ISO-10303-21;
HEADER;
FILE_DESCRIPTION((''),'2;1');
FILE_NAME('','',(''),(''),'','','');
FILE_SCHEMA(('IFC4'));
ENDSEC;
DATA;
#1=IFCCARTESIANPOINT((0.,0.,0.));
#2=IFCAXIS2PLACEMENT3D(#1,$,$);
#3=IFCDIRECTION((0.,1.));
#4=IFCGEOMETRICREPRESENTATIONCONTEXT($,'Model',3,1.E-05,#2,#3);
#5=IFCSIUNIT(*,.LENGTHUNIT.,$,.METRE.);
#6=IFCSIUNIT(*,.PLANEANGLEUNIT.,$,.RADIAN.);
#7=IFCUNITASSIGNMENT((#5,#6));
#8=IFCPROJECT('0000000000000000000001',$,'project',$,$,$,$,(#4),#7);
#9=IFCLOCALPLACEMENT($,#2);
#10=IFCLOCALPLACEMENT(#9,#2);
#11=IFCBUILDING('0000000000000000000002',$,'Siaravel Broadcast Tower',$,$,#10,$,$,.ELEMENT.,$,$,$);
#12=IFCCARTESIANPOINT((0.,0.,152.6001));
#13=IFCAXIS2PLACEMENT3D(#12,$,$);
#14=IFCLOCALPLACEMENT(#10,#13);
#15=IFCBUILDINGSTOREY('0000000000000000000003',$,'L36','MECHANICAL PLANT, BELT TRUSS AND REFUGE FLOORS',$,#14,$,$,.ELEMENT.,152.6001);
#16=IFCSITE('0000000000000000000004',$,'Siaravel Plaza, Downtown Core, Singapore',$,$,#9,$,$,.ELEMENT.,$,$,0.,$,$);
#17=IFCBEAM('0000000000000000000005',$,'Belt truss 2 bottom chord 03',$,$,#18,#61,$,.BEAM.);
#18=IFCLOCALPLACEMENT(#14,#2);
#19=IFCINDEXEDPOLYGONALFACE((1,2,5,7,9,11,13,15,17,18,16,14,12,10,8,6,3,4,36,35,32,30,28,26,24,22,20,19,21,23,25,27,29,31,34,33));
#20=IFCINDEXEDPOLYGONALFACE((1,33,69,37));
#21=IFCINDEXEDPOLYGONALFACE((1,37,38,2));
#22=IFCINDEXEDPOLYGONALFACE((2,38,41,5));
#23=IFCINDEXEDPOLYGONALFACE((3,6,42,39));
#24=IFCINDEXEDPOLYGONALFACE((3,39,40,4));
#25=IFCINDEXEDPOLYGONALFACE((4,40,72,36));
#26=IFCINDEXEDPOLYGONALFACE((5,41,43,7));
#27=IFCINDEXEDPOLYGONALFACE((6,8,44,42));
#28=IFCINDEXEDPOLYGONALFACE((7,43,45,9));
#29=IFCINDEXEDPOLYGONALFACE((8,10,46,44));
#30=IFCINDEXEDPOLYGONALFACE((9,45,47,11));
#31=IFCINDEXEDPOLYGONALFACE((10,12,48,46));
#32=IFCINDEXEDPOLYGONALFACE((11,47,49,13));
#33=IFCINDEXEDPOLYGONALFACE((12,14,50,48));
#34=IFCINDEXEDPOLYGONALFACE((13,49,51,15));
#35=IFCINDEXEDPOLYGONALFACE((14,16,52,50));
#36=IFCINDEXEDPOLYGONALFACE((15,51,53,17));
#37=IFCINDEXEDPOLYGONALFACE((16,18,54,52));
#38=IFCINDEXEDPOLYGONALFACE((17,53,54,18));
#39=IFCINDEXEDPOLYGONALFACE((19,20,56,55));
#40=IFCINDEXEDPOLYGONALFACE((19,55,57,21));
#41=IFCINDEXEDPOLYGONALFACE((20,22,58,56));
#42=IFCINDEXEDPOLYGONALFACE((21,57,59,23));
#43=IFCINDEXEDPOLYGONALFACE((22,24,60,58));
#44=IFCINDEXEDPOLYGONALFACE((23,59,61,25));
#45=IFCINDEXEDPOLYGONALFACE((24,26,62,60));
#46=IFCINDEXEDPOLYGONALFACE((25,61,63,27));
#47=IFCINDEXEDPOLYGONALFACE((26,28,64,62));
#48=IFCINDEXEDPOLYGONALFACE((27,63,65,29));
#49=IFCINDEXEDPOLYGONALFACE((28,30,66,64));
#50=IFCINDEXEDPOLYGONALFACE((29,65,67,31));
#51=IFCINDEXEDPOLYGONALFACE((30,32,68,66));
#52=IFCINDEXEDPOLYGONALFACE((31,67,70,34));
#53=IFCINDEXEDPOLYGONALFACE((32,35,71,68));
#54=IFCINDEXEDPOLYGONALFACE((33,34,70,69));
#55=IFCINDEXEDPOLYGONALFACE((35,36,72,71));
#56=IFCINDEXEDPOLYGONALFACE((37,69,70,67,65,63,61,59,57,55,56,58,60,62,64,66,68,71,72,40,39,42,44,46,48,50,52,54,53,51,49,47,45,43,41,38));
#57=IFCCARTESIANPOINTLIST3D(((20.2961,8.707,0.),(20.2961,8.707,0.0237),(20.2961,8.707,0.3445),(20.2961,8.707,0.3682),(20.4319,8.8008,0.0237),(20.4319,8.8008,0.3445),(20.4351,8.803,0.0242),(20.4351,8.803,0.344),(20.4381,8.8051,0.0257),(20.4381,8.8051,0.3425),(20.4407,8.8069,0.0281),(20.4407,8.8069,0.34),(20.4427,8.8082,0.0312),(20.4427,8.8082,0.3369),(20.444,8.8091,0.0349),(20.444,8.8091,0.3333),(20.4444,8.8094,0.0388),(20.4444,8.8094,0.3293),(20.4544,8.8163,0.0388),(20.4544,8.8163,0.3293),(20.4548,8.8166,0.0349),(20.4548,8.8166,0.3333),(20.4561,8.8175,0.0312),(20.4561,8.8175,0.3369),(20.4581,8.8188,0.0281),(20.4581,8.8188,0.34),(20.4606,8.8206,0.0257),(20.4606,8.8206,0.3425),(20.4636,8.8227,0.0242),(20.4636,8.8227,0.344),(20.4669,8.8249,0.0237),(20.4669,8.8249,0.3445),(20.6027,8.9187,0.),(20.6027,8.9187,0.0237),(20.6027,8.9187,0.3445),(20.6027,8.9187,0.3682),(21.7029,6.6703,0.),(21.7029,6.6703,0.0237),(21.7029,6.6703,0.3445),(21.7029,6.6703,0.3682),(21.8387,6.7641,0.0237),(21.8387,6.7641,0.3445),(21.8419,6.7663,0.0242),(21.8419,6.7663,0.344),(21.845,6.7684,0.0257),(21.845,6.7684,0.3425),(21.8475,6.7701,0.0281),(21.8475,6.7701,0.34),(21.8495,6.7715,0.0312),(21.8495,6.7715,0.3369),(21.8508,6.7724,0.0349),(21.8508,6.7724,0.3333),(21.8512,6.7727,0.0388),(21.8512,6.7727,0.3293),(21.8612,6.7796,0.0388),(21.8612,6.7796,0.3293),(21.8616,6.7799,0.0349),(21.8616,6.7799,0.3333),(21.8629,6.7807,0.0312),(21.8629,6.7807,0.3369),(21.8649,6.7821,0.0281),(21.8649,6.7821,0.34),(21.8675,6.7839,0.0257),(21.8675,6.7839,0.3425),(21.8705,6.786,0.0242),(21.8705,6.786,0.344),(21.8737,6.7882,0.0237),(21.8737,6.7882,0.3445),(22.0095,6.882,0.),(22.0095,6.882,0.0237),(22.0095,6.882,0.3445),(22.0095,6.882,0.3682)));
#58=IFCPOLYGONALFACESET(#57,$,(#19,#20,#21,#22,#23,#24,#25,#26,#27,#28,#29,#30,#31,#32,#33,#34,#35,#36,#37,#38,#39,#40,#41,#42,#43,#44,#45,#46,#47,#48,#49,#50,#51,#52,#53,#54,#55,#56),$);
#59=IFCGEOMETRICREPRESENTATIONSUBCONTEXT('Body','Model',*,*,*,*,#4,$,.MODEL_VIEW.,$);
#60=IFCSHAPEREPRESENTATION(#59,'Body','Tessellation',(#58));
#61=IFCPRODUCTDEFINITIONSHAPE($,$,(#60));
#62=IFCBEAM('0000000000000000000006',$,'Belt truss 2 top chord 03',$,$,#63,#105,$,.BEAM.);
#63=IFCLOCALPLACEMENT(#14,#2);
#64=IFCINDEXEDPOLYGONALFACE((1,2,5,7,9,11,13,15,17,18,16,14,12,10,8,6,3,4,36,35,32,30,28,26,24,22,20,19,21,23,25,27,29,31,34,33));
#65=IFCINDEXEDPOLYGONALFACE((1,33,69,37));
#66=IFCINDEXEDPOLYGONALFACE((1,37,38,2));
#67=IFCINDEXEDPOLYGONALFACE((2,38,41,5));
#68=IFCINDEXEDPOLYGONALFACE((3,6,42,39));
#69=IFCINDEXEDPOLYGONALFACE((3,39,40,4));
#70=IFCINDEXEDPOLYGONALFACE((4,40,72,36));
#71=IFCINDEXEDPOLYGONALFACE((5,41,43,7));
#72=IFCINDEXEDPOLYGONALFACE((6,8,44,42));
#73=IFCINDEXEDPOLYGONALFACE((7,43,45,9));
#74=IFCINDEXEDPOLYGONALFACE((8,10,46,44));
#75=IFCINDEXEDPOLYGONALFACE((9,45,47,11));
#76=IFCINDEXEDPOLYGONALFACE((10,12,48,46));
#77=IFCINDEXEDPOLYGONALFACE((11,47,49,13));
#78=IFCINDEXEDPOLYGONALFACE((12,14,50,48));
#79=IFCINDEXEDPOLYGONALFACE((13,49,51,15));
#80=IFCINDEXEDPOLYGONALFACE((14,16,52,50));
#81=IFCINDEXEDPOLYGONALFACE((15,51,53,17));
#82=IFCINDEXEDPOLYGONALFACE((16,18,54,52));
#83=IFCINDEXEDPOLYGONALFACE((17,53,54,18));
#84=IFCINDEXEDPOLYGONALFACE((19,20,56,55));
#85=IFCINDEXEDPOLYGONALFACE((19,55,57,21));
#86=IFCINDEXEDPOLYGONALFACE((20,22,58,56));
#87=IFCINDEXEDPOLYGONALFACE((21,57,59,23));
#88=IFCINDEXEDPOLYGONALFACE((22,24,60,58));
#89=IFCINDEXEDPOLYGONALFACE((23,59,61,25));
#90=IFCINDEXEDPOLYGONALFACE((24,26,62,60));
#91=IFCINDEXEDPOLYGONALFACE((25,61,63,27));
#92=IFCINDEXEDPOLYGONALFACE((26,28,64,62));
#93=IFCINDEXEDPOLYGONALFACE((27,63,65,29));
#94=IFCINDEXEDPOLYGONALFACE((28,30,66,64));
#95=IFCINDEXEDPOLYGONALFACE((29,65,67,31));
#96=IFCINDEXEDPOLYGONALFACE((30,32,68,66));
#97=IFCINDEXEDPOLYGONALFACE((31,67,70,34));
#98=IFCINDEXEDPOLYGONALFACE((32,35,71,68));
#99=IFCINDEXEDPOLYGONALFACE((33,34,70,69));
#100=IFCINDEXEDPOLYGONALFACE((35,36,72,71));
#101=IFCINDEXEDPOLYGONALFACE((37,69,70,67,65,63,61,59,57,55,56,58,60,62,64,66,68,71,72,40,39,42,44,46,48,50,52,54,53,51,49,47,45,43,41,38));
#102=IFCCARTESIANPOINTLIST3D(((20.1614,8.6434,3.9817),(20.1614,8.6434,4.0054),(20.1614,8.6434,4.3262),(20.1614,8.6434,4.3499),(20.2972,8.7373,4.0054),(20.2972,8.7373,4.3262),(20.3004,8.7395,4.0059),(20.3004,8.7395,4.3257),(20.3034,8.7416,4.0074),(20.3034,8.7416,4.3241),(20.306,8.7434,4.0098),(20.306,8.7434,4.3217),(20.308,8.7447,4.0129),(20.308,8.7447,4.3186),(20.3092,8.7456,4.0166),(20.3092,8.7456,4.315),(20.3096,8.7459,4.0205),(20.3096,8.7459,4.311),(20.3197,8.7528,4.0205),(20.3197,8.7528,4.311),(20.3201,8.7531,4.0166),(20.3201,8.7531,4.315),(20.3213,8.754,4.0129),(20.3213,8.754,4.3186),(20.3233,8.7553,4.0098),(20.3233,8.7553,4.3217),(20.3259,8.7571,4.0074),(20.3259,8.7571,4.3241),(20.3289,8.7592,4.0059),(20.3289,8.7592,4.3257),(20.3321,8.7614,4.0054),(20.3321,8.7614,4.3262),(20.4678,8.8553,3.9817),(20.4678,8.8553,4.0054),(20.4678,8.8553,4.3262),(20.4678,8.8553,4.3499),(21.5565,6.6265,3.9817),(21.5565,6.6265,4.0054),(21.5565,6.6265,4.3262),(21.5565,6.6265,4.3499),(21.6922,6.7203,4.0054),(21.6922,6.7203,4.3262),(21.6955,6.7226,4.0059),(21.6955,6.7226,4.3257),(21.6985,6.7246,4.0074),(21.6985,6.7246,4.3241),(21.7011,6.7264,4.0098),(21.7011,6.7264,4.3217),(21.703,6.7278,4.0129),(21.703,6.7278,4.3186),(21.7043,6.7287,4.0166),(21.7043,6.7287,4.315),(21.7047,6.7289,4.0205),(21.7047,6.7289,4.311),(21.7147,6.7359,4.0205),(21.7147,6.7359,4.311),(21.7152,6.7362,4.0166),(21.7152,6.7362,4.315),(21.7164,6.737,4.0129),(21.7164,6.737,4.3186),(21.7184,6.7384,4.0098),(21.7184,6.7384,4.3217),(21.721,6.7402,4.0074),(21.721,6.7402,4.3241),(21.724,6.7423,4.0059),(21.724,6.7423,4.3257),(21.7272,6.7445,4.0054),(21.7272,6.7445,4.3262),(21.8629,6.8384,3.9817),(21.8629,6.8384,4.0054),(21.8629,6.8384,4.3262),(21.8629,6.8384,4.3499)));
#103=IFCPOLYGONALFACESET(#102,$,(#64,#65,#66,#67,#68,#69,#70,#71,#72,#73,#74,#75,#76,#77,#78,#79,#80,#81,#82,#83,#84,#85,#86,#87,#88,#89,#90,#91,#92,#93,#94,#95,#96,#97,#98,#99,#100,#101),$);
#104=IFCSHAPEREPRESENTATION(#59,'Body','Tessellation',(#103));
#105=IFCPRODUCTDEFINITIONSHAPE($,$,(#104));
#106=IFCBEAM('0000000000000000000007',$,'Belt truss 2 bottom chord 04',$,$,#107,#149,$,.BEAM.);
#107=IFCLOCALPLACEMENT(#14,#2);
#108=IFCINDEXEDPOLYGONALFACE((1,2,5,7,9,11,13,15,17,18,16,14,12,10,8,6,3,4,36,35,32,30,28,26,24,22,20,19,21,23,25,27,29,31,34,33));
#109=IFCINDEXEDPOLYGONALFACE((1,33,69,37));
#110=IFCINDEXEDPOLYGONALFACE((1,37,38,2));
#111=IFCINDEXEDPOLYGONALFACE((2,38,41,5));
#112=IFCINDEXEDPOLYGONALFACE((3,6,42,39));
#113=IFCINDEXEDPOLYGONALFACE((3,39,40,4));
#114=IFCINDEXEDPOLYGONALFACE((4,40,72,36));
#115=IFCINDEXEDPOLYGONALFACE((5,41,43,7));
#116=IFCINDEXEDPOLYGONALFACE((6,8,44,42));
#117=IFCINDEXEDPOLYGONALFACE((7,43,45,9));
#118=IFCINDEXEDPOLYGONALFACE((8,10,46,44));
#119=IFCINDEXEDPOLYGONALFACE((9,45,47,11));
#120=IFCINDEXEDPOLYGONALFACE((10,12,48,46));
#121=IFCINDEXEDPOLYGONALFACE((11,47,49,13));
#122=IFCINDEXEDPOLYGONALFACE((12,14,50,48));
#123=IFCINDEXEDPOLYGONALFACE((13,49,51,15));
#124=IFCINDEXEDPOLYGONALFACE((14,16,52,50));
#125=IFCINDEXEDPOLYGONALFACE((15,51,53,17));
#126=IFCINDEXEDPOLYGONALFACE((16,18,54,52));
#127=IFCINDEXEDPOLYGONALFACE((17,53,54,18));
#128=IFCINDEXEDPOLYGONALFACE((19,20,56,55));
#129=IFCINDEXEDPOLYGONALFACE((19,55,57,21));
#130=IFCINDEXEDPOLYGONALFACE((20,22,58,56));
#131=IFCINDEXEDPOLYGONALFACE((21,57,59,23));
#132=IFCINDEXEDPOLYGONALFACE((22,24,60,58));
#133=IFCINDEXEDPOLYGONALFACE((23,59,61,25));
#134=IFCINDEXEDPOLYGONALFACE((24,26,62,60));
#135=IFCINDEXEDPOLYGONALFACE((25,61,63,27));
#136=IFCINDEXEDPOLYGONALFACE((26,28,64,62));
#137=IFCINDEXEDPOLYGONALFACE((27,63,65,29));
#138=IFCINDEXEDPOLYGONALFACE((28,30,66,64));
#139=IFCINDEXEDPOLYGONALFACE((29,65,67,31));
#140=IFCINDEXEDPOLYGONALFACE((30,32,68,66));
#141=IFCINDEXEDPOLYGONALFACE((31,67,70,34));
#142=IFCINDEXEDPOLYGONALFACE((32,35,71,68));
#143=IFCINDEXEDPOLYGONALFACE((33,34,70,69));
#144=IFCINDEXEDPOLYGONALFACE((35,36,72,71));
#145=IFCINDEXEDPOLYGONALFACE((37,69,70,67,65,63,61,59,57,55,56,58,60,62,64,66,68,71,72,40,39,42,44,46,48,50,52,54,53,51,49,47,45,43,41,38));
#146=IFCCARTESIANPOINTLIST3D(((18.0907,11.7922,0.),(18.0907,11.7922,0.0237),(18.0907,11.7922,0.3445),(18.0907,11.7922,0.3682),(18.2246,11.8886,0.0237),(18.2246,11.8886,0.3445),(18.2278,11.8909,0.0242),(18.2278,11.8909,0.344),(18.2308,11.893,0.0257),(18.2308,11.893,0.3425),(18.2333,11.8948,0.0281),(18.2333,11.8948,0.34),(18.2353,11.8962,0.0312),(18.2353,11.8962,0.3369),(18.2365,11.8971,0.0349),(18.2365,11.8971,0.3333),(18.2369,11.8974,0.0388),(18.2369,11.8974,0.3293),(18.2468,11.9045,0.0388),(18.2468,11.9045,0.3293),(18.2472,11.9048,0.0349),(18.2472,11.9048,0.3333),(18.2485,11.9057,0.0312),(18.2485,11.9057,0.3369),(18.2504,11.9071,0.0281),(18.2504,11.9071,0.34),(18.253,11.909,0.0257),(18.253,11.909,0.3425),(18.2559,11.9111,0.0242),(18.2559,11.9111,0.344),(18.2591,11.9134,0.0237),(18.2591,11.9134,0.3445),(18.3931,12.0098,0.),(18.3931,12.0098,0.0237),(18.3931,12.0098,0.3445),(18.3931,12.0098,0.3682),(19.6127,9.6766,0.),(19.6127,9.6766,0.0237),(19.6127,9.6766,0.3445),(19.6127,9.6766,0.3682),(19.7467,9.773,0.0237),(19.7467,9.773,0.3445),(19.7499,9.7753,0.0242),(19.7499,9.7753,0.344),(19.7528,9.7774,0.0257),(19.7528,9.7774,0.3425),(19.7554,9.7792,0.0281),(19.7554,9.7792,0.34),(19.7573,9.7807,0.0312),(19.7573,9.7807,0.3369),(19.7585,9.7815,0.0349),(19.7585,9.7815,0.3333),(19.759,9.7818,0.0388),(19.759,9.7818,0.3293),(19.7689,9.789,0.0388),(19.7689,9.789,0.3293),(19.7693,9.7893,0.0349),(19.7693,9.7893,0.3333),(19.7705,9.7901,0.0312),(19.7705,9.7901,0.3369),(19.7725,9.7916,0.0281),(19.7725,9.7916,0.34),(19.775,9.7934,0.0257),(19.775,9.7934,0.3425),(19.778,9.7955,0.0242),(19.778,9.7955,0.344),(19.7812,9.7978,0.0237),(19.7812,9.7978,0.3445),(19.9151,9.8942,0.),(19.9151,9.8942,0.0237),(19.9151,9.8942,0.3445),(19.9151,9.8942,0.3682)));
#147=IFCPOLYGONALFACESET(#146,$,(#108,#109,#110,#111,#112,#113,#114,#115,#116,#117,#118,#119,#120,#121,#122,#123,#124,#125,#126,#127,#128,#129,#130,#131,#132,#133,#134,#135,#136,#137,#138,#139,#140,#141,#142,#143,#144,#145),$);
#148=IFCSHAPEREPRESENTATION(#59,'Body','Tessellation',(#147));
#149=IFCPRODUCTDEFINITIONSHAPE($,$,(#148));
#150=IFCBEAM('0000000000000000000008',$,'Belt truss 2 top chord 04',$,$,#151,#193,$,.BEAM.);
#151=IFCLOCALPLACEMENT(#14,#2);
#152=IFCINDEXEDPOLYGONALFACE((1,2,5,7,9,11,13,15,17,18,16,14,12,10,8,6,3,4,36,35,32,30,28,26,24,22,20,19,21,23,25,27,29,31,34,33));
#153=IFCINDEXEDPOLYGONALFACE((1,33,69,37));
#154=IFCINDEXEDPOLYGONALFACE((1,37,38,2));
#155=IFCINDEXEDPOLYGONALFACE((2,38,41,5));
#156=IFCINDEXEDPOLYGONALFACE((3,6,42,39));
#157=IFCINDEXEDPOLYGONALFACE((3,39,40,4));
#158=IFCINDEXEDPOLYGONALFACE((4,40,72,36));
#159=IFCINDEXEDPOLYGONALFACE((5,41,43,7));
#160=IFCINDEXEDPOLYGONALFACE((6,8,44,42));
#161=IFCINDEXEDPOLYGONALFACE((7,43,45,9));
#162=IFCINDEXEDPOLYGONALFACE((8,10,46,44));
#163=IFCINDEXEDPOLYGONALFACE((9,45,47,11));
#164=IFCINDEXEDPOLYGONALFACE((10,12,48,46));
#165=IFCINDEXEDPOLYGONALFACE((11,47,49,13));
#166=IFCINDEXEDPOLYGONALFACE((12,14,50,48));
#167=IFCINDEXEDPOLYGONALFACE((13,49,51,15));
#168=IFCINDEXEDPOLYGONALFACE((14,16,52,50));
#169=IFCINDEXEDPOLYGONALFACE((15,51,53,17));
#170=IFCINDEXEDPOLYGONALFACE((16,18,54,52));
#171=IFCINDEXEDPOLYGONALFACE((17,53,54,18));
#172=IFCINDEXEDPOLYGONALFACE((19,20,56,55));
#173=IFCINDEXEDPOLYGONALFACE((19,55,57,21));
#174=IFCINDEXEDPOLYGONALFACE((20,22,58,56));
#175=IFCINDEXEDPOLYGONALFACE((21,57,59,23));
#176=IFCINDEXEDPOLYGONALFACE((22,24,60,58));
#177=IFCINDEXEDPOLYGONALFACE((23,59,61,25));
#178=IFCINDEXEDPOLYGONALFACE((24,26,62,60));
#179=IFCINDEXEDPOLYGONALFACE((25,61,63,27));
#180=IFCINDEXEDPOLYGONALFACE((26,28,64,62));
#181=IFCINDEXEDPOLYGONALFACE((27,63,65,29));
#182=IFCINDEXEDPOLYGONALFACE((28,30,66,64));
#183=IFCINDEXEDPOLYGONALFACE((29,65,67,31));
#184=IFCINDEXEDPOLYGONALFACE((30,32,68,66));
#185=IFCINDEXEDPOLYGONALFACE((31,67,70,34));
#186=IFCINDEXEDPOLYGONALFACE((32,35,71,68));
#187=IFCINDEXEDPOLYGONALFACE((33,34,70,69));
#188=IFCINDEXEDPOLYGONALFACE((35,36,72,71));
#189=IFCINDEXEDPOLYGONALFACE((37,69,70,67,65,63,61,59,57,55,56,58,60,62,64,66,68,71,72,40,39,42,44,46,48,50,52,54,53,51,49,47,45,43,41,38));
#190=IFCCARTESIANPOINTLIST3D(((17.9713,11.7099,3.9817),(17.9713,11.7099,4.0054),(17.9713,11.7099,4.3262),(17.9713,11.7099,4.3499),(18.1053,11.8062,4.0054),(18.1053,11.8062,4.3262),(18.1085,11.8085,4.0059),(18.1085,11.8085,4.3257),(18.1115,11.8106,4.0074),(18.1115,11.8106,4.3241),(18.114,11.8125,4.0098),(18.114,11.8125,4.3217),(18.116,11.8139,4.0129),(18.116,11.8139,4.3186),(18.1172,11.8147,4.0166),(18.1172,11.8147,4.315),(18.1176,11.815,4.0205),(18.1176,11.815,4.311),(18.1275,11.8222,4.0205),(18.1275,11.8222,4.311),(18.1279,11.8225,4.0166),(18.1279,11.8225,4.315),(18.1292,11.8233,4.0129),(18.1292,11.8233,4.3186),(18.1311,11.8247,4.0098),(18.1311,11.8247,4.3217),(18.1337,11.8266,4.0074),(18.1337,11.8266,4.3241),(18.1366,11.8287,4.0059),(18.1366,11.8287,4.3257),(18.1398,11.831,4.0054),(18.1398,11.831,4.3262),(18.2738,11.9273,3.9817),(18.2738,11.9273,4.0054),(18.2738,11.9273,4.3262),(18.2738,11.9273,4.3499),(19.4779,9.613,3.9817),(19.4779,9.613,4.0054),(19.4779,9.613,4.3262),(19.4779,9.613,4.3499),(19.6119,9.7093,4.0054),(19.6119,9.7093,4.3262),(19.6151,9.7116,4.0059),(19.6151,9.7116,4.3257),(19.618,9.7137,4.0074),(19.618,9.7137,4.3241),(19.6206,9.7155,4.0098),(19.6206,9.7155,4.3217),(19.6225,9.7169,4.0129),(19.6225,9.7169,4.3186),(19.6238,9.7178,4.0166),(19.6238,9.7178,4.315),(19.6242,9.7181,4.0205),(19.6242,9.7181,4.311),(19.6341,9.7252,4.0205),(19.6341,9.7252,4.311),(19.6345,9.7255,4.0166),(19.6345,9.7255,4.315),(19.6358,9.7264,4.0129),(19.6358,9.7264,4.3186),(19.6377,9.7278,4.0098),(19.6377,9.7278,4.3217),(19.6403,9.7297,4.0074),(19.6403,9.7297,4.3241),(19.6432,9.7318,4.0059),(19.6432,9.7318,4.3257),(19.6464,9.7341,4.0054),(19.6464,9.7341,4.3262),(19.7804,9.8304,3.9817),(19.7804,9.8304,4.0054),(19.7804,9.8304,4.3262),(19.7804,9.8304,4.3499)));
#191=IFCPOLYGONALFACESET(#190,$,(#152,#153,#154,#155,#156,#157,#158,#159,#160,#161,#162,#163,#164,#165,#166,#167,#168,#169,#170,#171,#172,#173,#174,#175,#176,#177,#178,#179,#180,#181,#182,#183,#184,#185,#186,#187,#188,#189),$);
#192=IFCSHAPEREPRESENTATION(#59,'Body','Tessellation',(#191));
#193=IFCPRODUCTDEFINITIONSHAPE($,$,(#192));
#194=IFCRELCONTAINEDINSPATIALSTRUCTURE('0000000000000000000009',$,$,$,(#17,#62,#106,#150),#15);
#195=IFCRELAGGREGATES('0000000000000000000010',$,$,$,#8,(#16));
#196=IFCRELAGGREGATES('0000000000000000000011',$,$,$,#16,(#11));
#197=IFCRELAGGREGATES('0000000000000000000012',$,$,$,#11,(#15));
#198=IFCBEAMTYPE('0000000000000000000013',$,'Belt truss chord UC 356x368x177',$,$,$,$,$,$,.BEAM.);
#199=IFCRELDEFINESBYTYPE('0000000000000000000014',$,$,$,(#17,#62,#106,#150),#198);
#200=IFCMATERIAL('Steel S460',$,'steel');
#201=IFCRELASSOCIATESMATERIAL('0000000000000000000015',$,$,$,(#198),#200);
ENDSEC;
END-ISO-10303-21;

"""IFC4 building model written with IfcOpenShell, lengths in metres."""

from ifc_helpers import new_model, si_unit, direction, frame, origin, origin_2d, place, context, subcontext, project, spatial, i_section, extrude, material, material_profile, profile_set, type_object, element, save


model = new_model("IFC4")

# Units and contexts
model_context = context("Model", 3, precision=1e-05, world=origin(), true_north=direction((0.0, 1.0)))
body_context = subcontext(model_context, "Body", "Model", "MODEL_VIEW")
ifc_project = project(units=[si_unit("LENGTHUNIT", "METRE"), si_unit("PLANEANGLEUNIT", "RADIAN")], contexts=[model_context])

# Site, building, storey
site_placement = place(None, origin())
site = spatial("IfcSite", under=ifc_project, at=site_placement, Name="Siaravel Plaza, Downtown Core, Singapore", CompositionType="ELEMENT", RefElevation=0.0)
building_placement = place(site_placement, origin())
building = spatial("IfcBuilding", under=site, at=building_placement, Name="Siaravel Broadcast Tower", CompositionType="ELEMENT")
storey_placement = place(building_placement, frame((0.0, 0.0, 152.6001)))
storey = spatial("IfcBuildingStorey", under=building, at=storey_placement, Name="L36", Description="MECHANICAL PLANT, BELT TRUSS AND REFUGE FLOORS", CompositionType="ELEMENT", Elevation=152.6001)

# Beams
ifc_material_1 = material(Name="Steel S460", Category="steel")
ifc_material_profile_1 = material_profile(ifc_material_1, i_section(OverallWidth=0.3726, OverallDepth=0.3682, WebThickness=0.0122, FlangeThickness=0.0237, FilletRadius=0.0151, at=origin_2d()))
ifc_profile_set_1 = profile_set([ifc_material_profile_1], Name="Steel S460")
beam_type_1 = type_object("IfcBeamType", Name="Belt truss chord UC 356x368x177", PredefinedType="BEAM", material=ifc_profile_set_1)
beam_1_placement = place(storey_placement, frame((21.8562, 6.7761, 0.1841), z_axis=(-0.568327, 0.822802, 0.0), x_axis=(-0.822802, -0.568327, 0.0)))
element("IfcBeam", 1, at=beam_1_placement, inside=storey, type_object=beam_type_1, Name="Belt truss 2 bottom chord 03", PredefinedType="BEAM", context=body_context, shape_type="SweptSolid", body=[
    extrude(i_section(OverallWidth=0.3726, OverallDepth=0.3682, WebThickness=0.0122, FlangeThickness=0.0237, FilletRadius=0.0151, at=origin_2d()), origin(), (0.0, 0.0, 1.0), 2.4753),
])
beam_2_placement = place(storey_placement, frame((21.7097, 6.7324, 4.1658), z_axis=(-0.568863, 0.822432, 0.0), x_axis=(-0.822432, -0.568863, 0.0)))
element("IfcBeam", 2, at=beam_2_placement, inside=storey, type_object=beam_type_1, Name="Belt truss 2 top chord 03", PredefinedType="BEAM", context=body_context, shape_type="SweptSolid", body=[
    extrude(i_section(OverallWidth=0.3726, OverallDepth=0.3682, WebThickness=0.0122, FlangeThickness=0.0237, FilletRadius=0.0151, at=origin_2d()), origin(), (0.0, 0.0, 1.0), 2.4524),
])
beam_3_placement = place(storey_placement, frame((19.7639, 9.7854, 0.1841), z_axis=(-0.584009, 0.811748, 0.0), x_axis=(-0.811748, -0.584009, 0.0)))
element("IfcBeam", 3, at=beam_3_placement, inside=storey, type_object=beam_type_1, Name="Belt truss 2 bottom chord 04", PredefinedType="BEAM", context=body_context, shape_type="SweptSolid", body=[
    extrude(i_section(OverallWidth=0.3726, OverallDepth=0.3682, WebThickness=0.0122, FlangeThickness=0.0237, FilletRadius=0.0151, at=origin_2d()), origin(), (0.0, 0.0, 1.0), 2.6062),
])
beam_4_placement = place(storey_placement, frame((19.6292, 9.7217, 4.1658), z_axis=(-0.58349, 0.81212, 0.0), x_axis=(-0.81212, -0.58349, 0.0)))
element("IfcBeam", 4, at=beam_4_placement, inside=storey, type_object=beam_type_1, Name="Belt truss 2 top chord 04", PredefinedType="BEAM", context=body_context, shape_type="SweptSolid", body=[
    extrude(i_section(OverallWidth=0.3726, OverallDepth=0.3682, WebThickness=0.0122, FlangeThickness=0.0237, FilletRadius=0.0151, at=origin_2d()), origin(), (0.0, 0.0, 1.0), 2.582),
])

save(model, "model.ifc")
